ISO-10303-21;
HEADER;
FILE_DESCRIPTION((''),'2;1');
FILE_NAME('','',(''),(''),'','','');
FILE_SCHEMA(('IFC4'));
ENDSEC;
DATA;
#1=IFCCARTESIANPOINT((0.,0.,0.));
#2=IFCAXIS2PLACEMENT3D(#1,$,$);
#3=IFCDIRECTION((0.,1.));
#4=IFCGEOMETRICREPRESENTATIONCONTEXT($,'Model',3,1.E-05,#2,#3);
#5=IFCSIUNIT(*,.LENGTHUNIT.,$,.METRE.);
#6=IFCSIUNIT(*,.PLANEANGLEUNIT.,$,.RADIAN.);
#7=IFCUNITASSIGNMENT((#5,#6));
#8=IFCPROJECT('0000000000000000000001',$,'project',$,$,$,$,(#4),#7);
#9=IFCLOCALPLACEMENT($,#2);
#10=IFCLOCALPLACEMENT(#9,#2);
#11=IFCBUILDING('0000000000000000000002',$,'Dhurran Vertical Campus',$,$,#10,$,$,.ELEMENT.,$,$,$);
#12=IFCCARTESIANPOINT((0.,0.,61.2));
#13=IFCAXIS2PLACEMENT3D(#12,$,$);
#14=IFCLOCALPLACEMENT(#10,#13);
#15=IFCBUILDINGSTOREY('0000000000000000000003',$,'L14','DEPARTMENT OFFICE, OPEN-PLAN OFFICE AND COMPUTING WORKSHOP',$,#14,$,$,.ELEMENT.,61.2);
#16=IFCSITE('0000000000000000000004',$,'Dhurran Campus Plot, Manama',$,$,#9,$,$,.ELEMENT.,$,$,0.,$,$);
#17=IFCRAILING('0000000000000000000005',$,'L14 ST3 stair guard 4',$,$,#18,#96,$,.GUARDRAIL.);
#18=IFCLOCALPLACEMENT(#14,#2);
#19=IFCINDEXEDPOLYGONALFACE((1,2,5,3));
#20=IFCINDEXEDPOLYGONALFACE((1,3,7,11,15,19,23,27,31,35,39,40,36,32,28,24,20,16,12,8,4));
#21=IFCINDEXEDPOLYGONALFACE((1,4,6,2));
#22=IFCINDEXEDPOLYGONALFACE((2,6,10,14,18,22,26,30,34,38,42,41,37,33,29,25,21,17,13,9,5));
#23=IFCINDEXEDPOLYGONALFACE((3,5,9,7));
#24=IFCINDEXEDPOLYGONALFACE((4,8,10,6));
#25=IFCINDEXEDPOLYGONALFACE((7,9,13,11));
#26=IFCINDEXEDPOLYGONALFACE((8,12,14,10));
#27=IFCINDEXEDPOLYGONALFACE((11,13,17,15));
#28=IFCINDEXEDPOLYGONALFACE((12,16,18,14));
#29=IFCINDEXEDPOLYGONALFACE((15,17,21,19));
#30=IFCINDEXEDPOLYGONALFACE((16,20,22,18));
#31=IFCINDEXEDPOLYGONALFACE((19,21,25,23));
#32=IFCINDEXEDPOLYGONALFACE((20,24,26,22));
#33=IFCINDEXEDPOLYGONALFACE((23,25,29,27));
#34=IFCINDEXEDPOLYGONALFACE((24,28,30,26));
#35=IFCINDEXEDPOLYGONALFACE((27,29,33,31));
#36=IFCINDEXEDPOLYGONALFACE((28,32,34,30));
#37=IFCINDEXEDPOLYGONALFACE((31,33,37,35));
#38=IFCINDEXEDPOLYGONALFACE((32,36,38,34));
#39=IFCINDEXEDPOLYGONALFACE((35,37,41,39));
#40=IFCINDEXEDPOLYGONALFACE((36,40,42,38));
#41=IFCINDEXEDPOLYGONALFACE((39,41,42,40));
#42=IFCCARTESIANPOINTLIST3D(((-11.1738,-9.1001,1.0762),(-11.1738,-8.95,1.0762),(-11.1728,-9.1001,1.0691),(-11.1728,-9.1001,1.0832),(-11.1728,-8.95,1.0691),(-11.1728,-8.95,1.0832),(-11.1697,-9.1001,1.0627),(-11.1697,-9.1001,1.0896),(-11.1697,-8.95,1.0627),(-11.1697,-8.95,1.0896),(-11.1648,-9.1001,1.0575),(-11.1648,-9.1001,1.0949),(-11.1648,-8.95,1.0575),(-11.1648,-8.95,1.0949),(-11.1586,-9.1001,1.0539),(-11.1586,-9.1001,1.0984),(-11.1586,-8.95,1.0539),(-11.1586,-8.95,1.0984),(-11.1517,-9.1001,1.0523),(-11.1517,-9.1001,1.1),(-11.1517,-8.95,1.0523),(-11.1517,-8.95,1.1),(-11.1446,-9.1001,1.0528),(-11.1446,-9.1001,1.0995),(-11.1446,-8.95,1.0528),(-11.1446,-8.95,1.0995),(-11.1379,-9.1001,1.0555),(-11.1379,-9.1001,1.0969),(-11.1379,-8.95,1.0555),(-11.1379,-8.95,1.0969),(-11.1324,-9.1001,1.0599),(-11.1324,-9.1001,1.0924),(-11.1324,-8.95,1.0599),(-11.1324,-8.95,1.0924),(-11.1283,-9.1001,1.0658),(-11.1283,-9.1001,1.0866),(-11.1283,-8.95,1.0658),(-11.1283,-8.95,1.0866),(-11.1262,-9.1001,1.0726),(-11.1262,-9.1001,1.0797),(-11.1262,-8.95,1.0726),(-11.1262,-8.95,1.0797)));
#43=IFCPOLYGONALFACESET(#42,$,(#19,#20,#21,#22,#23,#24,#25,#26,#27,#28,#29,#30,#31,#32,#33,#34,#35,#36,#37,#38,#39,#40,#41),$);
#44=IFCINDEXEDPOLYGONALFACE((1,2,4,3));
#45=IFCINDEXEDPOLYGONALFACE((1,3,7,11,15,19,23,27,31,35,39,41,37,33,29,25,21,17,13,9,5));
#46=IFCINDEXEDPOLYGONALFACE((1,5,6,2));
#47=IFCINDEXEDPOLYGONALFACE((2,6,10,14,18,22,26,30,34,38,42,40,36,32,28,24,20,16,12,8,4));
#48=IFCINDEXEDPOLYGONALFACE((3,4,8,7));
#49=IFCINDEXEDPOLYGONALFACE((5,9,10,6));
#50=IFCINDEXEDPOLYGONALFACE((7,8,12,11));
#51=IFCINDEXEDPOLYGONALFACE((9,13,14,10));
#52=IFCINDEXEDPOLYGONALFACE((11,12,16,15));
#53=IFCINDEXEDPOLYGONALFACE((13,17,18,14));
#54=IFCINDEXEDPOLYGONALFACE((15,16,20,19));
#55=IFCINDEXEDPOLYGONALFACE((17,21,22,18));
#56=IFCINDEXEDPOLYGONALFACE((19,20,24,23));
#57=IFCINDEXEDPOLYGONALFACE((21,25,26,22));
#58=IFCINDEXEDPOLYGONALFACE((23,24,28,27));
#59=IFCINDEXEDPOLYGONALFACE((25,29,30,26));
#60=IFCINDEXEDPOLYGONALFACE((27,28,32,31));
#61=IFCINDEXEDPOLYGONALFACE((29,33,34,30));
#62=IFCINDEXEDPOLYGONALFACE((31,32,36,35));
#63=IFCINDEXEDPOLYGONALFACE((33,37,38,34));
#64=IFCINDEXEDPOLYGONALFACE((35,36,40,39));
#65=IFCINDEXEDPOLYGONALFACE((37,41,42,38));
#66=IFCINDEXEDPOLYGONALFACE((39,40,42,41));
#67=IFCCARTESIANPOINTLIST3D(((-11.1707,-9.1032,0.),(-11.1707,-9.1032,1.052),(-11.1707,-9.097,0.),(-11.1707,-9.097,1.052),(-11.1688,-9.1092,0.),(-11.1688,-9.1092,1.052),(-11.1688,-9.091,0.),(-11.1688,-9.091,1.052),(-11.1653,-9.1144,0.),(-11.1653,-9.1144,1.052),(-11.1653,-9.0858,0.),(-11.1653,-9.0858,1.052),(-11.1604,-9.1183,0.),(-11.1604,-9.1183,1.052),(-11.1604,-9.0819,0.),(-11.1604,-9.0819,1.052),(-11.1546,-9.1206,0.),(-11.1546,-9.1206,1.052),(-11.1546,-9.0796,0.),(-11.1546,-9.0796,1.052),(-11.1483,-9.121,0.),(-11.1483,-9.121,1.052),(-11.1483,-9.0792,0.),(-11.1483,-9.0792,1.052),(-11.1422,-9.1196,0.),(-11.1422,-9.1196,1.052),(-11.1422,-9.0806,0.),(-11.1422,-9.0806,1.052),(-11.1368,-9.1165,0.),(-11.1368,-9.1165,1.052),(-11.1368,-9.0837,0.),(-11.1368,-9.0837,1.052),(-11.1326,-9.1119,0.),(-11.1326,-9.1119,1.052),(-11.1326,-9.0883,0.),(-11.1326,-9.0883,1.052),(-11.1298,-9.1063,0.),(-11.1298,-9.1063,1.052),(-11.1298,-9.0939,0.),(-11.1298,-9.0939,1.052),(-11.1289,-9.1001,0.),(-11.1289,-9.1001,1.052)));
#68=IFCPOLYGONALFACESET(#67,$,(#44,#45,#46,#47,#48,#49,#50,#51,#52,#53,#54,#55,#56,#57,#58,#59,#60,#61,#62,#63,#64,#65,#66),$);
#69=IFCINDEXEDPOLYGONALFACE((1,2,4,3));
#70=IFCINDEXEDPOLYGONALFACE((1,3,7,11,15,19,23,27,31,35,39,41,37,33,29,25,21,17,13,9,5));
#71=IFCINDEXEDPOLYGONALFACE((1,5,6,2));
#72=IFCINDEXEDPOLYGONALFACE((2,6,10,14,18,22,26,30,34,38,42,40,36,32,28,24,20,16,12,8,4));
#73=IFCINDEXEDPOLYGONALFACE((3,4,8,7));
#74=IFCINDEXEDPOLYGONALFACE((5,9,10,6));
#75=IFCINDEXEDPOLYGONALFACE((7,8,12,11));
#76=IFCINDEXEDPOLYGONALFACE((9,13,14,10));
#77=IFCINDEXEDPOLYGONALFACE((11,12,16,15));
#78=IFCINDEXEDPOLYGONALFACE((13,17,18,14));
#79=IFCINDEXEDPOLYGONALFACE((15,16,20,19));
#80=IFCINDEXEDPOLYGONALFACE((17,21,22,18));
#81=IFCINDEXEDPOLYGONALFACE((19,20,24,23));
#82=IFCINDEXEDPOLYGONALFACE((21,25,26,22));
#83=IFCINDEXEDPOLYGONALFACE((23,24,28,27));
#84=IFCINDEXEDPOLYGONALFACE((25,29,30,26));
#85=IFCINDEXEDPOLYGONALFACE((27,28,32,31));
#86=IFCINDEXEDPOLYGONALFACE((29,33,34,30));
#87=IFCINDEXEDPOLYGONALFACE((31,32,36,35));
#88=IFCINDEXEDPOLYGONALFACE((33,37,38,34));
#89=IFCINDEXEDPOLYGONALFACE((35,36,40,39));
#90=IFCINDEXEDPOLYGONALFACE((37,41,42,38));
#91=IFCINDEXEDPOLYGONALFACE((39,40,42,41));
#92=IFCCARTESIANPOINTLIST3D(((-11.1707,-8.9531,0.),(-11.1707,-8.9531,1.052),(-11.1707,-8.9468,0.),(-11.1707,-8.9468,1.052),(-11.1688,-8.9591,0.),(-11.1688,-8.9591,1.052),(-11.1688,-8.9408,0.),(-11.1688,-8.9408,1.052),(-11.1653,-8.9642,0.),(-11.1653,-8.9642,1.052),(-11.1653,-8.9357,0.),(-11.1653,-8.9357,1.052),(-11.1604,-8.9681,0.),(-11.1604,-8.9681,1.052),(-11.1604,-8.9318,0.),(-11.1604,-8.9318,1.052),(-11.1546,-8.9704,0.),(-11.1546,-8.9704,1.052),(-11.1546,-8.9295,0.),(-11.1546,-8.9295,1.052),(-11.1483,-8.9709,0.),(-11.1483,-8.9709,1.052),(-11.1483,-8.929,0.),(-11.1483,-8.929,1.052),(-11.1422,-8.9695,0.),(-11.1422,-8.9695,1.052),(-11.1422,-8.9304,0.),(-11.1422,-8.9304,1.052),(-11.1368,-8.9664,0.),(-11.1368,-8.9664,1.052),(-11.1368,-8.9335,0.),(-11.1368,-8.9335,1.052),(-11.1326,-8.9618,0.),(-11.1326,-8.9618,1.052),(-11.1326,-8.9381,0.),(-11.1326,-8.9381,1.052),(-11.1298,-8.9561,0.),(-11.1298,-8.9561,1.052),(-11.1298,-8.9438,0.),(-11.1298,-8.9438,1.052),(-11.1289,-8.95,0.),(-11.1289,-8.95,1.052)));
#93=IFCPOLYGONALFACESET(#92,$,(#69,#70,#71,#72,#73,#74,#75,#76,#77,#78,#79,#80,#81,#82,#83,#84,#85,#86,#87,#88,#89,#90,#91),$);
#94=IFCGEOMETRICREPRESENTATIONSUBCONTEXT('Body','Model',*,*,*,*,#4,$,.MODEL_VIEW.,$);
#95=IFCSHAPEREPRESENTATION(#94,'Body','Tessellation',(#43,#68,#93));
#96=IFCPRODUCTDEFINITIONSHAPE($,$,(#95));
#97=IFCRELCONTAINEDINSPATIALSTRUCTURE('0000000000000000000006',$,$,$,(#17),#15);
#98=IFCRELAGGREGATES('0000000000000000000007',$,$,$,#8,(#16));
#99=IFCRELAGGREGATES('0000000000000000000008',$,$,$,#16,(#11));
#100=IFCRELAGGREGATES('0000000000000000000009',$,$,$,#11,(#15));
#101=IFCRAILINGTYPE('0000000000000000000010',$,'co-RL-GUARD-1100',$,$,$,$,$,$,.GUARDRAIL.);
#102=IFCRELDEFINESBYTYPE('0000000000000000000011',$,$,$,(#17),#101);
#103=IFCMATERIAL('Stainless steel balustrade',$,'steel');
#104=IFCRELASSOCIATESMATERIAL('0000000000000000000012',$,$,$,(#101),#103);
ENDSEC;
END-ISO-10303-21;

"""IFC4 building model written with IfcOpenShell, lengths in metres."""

from ifc_helpers import new_model, si_unit, direction, frame, origin, origin_2d, place, context, subcontext, project, spatial, circle, extrude, material, type_object, element, save


model = new_model("IFC4")

# Units and contexts
model_context = context("Model", 3, precision=1e-05, world=origin(), true_north=direction((0.0, 1.0)))
body_context = subcontext(model_context, "Body", "Model", "MODEL_VIEW")
ifc_project = project(units=[si_unit("LENGTHUNIT", "METRE"), si_unit("PLANEANGLEUNIT", "RADIAN")], contexts=[model_context])

# Site, building, storey
site_placement = place(None, origin())
site = spatial("IfcSite", under=ifc_project, at=site_placement, Name="Dhurran Campus Plot, Manama", CompositionType="ELEMENT", RefElevation=0.0)
building_placement = place(site_placement, origin())
building = spatial("IfcBuilding", under=site, at=building_placement, Name="Dhurran Vertical Campus", CompositionType="ELEMENT")
storey_placement = place(building_placement, frame((0.0, 0.0, 61.2)))
storey = spatial("IfcBuildingStorey", under=building, at=storey_placement, Name="L14", Description="DEPARTMENT OFFICE, OPEN-PLAN OFFICE AND COMPUTING WORKSHOP", CompositionType="ELEMENT", Elevation=61.2)

# Railing
ifc_material_1 = material(Name="Stainless steel balustrade", Category="steel")
railing_type_1 = type_object("IfcRailingType", Name="co-RL-GUARD-1100", PredefinedType="GUARDRAIL", material=ifc_material_1)
railing_1_placement = place(storey_placement, frame((-11.1499, -9.1001, 0.0)))
element("IfcRailing", 1, at=railing_1_placement, inside=storey, type_object=railing_type_1, Name="L14 ST3 stair guard 4", PredefinedType="GUARDRAIL", context=body_context, shape_type="SweptSolid", body=[
    extrude(circle(Radius=0.0239, at=origin_2d()), frame((0.0, 0.0, 1.0762), z_axis=(0.0, 1.0, 0.0), x_axis=(-1.0, 0.0, 0.0)), (0.0, 0.0, 1.0), 0.1501),
    extrude(circle(Radius=0.021, at=origin_2d()), origin(), (0.0, 0.0, 1.0), 1.052),
    extrude(circle(Radius=0.021, at=origin_2d()), frame((0.0, 0.1501, 0.0)), (0.0, 0.0, 1.0), 1.052),
])

save(model, "model.ifc")
